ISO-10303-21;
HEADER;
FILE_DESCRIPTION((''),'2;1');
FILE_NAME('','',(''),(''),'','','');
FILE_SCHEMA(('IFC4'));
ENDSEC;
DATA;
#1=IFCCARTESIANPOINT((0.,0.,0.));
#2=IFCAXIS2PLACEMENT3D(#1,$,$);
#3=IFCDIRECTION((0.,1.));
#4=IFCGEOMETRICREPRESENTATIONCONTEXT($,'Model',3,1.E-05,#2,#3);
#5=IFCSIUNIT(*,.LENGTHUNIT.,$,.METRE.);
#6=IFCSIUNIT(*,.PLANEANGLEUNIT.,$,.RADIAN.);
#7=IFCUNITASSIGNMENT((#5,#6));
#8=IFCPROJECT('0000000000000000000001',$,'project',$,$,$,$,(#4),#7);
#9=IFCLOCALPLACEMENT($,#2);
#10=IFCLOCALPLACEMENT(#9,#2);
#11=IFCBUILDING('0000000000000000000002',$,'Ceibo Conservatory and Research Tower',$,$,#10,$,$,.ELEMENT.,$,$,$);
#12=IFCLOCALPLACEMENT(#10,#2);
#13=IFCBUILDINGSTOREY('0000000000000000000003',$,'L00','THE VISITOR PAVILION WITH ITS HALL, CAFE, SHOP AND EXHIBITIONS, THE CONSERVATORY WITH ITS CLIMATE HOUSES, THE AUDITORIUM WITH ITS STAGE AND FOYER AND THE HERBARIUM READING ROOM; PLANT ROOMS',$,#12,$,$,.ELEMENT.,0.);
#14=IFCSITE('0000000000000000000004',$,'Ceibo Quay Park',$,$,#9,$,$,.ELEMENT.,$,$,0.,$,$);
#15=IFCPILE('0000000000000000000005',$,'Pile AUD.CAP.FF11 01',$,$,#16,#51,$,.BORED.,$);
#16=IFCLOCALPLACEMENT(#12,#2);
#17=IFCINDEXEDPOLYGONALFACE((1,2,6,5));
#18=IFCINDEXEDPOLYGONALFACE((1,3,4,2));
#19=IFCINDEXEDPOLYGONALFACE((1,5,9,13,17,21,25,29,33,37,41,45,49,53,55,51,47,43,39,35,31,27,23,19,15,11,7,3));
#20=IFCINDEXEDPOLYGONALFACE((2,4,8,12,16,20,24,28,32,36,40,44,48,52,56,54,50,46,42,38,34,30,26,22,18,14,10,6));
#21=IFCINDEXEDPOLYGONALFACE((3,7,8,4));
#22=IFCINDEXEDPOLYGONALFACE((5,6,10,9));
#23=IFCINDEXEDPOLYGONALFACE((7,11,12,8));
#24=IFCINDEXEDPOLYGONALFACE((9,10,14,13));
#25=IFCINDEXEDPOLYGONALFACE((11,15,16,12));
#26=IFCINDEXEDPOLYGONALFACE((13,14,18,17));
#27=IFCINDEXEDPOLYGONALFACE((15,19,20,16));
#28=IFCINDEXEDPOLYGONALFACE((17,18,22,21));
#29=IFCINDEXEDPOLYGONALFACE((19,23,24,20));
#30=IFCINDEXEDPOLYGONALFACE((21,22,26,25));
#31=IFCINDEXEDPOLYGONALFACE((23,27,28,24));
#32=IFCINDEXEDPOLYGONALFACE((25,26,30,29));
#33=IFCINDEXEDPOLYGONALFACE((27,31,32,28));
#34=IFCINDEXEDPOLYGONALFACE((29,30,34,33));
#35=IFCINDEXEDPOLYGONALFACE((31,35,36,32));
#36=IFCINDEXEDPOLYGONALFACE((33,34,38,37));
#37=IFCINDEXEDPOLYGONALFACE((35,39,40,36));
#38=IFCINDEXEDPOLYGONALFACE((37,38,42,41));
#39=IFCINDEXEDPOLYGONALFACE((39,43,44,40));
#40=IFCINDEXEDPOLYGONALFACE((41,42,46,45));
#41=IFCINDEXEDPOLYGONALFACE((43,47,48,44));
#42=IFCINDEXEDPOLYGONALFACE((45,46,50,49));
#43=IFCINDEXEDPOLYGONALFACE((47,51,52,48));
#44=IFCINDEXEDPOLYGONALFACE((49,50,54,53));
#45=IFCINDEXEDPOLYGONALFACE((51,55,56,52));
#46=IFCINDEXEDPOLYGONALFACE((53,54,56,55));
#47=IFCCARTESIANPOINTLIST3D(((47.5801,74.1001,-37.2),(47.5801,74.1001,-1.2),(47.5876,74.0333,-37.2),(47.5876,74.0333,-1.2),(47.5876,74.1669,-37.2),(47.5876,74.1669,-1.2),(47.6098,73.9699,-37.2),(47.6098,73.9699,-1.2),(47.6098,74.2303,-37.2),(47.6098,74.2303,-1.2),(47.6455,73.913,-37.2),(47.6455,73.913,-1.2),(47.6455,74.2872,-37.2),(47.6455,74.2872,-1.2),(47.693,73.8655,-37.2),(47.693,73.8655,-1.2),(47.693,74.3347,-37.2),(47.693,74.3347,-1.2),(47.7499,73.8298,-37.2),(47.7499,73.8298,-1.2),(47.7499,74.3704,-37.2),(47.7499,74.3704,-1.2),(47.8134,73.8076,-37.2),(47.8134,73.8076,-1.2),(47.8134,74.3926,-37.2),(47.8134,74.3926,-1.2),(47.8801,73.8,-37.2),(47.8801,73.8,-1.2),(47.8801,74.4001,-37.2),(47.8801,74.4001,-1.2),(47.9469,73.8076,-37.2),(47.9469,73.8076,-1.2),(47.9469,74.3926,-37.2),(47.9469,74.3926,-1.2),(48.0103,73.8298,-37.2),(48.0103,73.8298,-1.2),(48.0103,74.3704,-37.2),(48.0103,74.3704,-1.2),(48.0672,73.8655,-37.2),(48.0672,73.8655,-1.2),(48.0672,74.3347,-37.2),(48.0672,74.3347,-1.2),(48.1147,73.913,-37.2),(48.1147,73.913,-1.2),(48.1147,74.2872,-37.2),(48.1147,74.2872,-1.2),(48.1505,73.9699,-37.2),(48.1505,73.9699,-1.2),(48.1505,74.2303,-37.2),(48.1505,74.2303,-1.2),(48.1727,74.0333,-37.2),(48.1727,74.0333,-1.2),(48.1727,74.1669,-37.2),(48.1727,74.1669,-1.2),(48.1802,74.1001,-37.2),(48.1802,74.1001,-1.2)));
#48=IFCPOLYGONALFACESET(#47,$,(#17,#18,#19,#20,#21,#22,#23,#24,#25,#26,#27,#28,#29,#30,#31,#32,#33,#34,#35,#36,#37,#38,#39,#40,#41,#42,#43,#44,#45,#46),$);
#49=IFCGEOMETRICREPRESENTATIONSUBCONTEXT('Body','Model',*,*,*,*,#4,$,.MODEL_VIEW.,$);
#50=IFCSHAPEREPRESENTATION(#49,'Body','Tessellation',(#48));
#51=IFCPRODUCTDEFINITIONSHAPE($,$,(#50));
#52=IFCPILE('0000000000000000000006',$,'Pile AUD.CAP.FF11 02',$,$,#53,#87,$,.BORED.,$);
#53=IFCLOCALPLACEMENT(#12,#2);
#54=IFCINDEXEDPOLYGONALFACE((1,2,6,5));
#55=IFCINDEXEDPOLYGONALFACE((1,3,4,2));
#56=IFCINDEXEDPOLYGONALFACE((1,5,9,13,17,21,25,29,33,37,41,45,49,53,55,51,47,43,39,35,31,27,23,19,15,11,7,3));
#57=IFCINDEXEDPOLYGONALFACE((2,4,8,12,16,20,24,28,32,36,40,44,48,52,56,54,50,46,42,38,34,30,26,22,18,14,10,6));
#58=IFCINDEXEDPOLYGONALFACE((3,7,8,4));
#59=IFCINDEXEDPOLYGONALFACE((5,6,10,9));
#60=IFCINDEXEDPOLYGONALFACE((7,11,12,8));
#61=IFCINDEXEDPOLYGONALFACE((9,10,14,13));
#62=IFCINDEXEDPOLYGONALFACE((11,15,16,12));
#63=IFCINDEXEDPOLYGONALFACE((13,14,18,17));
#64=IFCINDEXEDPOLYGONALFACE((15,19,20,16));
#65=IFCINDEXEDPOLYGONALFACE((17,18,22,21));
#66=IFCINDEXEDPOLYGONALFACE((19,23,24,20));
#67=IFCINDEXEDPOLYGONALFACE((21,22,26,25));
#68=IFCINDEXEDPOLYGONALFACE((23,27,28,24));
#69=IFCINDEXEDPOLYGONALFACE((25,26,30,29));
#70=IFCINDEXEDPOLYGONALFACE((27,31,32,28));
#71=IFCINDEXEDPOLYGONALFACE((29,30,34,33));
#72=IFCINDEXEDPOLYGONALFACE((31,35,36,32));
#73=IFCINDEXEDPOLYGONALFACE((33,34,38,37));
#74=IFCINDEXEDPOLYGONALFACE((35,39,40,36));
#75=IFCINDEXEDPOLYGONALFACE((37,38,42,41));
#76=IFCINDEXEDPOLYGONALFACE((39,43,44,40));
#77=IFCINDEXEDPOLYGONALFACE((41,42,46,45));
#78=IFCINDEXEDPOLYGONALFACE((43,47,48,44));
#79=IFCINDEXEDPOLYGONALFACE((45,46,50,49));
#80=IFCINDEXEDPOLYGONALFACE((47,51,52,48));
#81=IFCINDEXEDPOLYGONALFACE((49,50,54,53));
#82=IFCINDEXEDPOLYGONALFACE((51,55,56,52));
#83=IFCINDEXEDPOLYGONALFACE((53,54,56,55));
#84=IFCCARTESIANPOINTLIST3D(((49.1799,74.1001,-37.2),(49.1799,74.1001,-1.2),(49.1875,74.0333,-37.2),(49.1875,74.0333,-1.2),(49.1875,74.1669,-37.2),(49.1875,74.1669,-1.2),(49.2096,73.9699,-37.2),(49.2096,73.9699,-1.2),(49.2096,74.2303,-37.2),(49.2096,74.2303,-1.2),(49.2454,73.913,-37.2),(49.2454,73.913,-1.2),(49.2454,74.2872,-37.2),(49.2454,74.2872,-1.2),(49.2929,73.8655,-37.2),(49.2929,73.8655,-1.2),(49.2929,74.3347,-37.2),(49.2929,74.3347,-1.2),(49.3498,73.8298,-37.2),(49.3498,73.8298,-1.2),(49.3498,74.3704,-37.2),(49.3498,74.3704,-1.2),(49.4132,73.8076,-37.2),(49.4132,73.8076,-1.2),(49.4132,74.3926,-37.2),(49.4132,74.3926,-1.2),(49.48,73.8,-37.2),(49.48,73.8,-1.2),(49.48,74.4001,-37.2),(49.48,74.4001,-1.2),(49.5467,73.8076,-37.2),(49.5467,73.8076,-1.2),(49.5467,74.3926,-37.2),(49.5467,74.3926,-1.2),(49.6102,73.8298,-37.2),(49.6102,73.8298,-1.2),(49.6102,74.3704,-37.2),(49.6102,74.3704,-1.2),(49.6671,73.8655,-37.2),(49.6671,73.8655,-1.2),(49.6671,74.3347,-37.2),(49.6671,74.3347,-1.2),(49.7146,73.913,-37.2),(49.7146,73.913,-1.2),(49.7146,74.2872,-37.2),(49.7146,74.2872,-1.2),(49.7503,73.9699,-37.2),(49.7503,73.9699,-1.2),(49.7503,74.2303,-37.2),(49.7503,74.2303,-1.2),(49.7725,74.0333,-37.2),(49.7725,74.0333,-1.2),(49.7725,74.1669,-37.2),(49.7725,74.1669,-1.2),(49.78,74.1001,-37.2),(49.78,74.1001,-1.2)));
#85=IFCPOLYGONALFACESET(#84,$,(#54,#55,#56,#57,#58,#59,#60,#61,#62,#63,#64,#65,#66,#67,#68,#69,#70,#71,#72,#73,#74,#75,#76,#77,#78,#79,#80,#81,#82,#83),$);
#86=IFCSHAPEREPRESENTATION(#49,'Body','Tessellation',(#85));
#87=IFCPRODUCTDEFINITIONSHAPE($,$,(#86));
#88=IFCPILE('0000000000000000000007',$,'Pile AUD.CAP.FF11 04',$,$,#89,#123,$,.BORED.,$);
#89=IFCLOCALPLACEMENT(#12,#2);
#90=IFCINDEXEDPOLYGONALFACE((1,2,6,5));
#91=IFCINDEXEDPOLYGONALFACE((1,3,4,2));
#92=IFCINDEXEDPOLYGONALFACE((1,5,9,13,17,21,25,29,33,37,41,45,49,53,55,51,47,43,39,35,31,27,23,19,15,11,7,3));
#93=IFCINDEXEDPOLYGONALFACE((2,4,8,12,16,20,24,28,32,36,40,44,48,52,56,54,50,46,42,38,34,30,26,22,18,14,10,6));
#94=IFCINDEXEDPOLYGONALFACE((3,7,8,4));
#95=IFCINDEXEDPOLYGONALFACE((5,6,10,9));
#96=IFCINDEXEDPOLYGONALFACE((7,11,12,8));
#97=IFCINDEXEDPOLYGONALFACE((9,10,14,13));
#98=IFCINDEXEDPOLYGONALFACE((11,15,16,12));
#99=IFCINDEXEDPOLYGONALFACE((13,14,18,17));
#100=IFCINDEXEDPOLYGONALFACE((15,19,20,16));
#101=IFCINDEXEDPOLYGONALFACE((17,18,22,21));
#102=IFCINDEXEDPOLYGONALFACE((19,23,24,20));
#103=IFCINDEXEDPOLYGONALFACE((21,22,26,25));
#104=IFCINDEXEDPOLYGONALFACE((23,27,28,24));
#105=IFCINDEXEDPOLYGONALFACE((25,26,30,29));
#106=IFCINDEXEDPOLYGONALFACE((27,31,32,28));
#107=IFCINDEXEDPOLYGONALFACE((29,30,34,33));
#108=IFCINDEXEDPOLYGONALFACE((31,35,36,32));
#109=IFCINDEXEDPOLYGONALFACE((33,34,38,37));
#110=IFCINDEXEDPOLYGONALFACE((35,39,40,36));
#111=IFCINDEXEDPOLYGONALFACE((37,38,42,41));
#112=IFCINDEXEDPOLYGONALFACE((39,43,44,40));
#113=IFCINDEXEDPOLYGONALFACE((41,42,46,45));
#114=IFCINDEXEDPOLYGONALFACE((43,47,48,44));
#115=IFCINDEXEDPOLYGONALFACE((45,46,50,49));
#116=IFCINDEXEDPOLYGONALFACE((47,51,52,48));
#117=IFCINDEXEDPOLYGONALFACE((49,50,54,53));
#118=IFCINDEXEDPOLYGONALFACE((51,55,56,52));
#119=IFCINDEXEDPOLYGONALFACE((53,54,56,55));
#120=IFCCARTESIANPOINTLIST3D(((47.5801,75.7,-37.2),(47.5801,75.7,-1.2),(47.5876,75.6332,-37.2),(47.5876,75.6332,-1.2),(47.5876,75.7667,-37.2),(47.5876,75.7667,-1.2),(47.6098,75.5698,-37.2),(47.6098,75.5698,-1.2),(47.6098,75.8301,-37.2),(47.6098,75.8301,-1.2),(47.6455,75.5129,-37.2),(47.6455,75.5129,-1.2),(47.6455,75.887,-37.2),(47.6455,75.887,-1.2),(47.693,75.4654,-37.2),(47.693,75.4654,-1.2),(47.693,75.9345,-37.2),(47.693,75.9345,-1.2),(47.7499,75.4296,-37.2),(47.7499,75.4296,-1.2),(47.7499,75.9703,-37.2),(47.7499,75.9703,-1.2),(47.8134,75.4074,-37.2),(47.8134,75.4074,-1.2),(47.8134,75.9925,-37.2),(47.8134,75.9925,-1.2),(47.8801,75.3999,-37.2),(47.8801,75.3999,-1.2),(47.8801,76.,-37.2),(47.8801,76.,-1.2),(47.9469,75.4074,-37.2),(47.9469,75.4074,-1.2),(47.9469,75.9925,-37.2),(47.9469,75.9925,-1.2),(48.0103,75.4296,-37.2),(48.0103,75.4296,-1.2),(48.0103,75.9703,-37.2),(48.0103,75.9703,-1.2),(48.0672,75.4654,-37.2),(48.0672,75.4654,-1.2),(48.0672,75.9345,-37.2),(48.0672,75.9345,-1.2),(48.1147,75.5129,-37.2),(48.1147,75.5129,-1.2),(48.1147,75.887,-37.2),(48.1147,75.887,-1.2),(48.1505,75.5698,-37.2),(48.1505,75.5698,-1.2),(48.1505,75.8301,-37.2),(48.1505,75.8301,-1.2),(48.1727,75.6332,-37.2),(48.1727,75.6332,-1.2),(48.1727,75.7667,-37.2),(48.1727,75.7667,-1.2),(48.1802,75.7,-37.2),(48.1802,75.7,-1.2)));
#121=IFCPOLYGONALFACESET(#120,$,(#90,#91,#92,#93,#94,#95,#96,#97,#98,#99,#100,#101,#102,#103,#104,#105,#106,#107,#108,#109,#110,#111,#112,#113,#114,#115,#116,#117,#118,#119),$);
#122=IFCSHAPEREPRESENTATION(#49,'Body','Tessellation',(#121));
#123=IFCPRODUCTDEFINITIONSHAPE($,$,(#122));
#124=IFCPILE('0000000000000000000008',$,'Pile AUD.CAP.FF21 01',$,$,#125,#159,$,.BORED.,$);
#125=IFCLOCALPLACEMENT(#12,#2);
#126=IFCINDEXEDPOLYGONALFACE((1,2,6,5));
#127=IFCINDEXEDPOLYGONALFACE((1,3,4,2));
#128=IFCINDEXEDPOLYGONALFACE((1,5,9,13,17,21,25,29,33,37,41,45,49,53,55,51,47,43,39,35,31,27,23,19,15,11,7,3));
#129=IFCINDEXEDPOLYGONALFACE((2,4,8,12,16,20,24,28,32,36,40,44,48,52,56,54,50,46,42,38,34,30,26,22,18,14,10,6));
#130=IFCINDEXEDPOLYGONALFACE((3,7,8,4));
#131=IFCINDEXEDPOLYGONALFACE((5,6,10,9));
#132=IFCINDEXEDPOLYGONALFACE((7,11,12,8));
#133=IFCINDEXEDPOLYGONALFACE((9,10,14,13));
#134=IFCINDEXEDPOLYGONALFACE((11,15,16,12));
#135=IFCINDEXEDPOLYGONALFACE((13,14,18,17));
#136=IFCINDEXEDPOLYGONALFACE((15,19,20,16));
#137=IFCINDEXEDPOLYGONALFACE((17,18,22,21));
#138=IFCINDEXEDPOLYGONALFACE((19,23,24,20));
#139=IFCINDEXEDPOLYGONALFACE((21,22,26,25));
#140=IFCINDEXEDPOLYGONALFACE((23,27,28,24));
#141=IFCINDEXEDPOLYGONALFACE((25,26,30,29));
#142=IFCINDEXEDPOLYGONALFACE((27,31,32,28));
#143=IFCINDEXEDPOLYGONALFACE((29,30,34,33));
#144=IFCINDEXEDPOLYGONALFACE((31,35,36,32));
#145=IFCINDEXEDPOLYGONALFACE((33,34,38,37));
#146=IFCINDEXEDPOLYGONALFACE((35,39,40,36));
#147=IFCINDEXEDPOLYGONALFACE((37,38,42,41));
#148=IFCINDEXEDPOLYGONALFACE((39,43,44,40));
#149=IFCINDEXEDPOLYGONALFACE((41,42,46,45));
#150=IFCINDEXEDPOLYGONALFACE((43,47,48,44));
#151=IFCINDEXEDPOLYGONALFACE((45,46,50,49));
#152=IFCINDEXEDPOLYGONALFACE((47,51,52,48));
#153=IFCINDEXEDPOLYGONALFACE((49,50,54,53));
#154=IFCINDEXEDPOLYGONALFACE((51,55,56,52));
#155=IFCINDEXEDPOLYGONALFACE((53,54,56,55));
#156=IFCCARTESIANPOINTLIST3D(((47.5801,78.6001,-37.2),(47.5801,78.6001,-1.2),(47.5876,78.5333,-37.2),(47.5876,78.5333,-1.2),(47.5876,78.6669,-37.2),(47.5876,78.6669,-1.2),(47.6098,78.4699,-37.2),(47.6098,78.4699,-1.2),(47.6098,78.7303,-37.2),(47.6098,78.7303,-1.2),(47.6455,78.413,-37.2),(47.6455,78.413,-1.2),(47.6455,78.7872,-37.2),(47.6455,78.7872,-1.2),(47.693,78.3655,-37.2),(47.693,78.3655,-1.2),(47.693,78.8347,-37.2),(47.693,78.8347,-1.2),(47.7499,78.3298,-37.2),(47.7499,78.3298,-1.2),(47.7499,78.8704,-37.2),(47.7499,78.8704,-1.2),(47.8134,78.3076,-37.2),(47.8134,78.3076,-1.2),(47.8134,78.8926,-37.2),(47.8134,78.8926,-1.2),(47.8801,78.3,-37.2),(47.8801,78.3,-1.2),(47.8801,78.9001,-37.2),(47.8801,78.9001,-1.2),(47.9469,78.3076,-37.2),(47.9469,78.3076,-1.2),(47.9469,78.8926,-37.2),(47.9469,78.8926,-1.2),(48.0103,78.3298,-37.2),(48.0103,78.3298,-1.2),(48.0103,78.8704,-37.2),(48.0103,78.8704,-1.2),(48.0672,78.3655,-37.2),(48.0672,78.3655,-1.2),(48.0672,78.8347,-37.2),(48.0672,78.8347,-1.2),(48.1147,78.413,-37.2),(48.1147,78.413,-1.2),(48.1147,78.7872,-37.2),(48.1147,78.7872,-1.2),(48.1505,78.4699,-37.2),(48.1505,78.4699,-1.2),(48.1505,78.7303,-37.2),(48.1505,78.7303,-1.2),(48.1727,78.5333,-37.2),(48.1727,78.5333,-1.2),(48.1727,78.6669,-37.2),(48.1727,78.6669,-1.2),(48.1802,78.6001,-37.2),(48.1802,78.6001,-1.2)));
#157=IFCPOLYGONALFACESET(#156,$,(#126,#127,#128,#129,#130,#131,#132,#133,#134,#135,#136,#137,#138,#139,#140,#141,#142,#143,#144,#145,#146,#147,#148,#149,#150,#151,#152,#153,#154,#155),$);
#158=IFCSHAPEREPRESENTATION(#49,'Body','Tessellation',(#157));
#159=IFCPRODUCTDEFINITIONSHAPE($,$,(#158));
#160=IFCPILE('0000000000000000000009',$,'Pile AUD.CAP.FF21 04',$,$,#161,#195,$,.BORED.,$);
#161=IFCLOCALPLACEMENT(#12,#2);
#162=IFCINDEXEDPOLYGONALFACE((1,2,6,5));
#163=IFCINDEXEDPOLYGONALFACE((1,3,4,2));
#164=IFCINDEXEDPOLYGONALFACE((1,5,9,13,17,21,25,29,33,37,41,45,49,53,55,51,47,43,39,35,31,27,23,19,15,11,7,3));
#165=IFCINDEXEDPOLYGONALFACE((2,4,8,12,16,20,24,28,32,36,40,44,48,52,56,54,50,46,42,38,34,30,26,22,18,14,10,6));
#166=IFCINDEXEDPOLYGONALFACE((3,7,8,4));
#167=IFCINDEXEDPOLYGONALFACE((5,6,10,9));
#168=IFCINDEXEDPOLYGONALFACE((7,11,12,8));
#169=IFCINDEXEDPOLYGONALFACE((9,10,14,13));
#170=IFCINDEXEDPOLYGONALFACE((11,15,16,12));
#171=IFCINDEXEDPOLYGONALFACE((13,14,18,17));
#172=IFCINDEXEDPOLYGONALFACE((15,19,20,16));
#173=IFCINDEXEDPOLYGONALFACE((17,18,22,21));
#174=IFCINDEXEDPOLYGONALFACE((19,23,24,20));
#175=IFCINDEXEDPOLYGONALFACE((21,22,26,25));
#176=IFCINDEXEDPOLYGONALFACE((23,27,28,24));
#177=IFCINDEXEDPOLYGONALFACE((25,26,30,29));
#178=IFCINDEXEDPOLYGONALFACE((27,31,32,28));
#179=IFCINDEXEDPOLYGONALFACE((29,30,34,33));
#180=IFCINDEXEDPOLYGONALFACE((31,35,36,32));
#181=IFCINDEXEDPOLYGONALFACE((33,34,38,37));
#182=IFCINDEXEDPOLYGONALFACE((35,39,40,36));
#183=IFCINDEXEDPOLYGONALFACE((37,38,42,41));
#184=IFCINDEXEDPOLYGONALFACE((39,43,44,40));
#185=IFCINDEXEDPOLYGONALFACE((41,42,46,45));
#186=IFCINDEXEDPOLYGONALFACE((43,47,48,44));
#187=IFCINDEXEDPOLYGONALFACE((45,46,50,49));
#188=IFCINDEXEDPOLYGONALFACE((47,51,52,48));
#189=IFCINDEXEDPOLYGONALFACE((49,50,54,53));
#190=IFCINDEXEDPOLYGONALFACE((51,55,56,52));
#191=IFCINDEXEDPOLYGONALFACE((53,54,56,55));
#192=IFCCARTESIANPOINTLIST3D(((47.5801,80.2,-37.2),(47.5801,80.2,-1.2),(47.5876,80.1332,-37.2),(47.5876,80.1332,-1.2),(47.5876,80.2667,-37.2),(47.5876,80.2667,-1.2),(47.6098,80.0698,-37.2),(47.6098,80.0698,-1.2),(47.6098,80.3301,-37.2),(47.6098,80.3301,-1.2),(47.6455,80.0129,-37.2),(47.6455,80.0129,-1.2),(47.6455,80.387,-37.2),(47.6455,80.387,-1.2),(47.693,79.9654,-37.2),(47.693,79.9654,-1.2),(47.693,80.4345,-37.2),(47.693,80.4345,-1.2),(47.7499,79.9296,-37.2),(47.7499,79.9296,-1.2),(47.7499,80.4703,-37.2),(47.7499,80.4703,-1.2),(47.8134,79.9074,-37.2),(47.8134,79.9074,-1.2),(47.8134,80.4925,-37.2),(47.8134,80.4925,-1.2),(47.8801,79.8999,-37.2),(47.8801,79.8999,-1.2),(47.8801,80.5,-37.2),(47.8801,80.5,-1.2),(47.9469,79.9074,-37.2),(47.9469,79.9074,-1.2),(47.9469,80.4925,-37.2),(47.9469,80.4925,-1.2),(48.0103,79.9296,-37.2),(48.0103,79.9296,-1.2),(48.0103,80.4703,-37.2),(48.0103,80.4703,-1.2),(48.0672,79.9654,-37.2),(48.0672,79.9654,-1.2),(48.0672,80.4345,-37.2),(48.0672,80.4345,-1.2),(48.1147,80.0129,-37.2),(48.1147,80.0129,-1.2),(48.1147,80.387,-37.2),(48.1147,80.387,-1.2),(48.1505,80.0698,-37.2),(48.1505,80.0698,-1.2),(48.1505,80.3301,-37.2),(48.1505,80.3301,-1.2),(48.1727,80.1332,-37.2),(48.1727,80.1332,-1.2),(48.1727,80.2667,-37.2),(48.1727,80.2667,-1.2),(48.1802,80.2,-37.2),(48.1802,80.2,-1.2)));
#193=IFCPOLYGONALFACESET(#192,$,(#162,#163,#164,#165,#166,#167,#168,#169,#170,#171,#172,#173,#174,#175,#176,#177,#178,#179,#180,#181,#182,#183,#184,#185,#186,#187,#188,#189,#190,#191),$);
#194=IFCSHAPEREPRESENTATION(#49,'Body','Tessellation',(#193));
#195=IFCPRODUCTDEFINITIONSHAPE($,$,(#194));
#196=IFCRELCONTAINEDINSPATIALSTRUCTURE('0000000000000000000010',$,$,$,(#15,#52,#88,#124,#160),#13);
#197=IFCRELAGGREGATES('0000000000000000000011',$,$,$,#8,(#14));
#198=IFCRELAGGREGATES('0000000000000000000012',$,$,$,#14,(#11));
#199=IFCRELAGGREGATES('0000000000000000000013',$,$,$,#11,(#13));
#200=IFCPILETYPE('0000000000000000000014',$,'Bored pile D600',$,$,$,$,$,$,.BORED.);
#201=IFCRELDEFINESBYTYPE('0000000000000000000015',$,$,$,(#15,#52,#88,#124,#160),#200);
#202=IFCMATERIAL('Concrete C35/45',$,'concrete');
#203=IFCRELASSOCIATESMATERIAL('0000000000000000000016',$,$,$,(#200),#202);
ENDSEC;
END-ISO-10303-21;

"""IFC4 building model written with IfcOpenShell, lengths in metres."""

from ifc_helpers import new_model, si_unit, direction, frame, origin, origin_2d, place, context, subcontext, project, spatial, circle, extrude, material, material_profile, profile_set, type_object, element, save


model = new_model("IFC4")

# Units and contexts
model_context = context("Model", 3, precision=1e-05, world=origin(), true_north=direction((0.0, 1.0)))
body_context = subcontext(model_context, "Body", "Model", "MODEL_VIEW")
ifc_project = project(units=[si_unit("LENGTHUNIT", "METRE"), si_unit("PLANEANGLEUNIT", "RADIAN")], contexts=[model_context])

# Site, building, storey
site_placement = place(None, origin())
site = spatial("IfcSite", under=ifc_project, at=site_placement, Name="Ceibo Quay Park", CompositionType="ELEMENT", RefElevation=0.0)
building_placement = place(site_placement, origin())
building = spatial("IfcBuilding", under=site, at=building_placement, Name="Ceibo Conservatory and Research Tower", CompositionType="ELEMENT")
storey_placement = place(building_placement, origin())
storey = spatial("IfcBuildingStorey", under=building, at=storey_placement, Name="L00", Description="THE VISITOR PAVILION WITH ITS HALL, CAFE, SHOP AND EXHIBITIONS, THE CONSERVATORY WITH ITS CLIMATE HOUSES, THE AUDITORIUM WITH ITS STAGE AND FOYER AND THE HERBARIUM READING ROOM; PLANT ROOMS", CompositionType="ELEMENT", Elevation=0.0)

# Piles
ifc_material_1 = material(Name="Concrete C35/45", Category="concrete")
ifc_material_profile_1 = material_profile(ifc_material_1, circle(Radius=0.3, at=origin_2d()), Name="RC D600")
ifc_profile_set_1 = profile_set([ifc_material_profile_1], Name="Concrete C35/45")
pile_type = type_object("IfcPileType", Name="Bored pile D600", PredefinedType="BORED", material=ifc_profile_set_1)
for number, where, z_axis, x_axis, name in (
    (1, (47.8801, 74.1001, -1.2), (0.0, 0.0, -1.0), (1.0, 0.0, 0.0), "Pile AUD.CAP.FF11 01"),
    (2, (49.48, 74.1001, -1.2), (0.0, 0.0, -1.0), (1.0, 0.0, 0.0), "Pile AUD.CAP.FF11 02"),
    (3, (47.8801, 75.7, -1.2), (0.0, 0.0, -1.0), (1.0, 0.0, 0.0), "Pile AUD.CAP.FF11 04"),
    (4, (47.8801, 78.6001, -1.2), (0.0, 0.0, -1.0), (1.0, 0.0, 0.0), "Pile AUD.CAP.FF21 01"),
    (5, (47.8801, 80.2, -1.2), (0.0, 0.0, -1.0), (1.0, 0.0, 0.0), "Pile AUD.CAP.FF21 04"),
):
    element("IfcPile", number, at=place(storey_placement, frame(where, z_axis=z_axis, x_axis=x_axis)), inside=storey, type_object=pile_type, Name=name, PredefinedType="BORED", context=body_context, shape_type="SweptSolid", body=[
        extrude(circle(Radius=0.3, at=origin_2d()), origin(), (0.0, 0.0, 1.0), 36.0),
    ])

save(model, "model.ifc")
